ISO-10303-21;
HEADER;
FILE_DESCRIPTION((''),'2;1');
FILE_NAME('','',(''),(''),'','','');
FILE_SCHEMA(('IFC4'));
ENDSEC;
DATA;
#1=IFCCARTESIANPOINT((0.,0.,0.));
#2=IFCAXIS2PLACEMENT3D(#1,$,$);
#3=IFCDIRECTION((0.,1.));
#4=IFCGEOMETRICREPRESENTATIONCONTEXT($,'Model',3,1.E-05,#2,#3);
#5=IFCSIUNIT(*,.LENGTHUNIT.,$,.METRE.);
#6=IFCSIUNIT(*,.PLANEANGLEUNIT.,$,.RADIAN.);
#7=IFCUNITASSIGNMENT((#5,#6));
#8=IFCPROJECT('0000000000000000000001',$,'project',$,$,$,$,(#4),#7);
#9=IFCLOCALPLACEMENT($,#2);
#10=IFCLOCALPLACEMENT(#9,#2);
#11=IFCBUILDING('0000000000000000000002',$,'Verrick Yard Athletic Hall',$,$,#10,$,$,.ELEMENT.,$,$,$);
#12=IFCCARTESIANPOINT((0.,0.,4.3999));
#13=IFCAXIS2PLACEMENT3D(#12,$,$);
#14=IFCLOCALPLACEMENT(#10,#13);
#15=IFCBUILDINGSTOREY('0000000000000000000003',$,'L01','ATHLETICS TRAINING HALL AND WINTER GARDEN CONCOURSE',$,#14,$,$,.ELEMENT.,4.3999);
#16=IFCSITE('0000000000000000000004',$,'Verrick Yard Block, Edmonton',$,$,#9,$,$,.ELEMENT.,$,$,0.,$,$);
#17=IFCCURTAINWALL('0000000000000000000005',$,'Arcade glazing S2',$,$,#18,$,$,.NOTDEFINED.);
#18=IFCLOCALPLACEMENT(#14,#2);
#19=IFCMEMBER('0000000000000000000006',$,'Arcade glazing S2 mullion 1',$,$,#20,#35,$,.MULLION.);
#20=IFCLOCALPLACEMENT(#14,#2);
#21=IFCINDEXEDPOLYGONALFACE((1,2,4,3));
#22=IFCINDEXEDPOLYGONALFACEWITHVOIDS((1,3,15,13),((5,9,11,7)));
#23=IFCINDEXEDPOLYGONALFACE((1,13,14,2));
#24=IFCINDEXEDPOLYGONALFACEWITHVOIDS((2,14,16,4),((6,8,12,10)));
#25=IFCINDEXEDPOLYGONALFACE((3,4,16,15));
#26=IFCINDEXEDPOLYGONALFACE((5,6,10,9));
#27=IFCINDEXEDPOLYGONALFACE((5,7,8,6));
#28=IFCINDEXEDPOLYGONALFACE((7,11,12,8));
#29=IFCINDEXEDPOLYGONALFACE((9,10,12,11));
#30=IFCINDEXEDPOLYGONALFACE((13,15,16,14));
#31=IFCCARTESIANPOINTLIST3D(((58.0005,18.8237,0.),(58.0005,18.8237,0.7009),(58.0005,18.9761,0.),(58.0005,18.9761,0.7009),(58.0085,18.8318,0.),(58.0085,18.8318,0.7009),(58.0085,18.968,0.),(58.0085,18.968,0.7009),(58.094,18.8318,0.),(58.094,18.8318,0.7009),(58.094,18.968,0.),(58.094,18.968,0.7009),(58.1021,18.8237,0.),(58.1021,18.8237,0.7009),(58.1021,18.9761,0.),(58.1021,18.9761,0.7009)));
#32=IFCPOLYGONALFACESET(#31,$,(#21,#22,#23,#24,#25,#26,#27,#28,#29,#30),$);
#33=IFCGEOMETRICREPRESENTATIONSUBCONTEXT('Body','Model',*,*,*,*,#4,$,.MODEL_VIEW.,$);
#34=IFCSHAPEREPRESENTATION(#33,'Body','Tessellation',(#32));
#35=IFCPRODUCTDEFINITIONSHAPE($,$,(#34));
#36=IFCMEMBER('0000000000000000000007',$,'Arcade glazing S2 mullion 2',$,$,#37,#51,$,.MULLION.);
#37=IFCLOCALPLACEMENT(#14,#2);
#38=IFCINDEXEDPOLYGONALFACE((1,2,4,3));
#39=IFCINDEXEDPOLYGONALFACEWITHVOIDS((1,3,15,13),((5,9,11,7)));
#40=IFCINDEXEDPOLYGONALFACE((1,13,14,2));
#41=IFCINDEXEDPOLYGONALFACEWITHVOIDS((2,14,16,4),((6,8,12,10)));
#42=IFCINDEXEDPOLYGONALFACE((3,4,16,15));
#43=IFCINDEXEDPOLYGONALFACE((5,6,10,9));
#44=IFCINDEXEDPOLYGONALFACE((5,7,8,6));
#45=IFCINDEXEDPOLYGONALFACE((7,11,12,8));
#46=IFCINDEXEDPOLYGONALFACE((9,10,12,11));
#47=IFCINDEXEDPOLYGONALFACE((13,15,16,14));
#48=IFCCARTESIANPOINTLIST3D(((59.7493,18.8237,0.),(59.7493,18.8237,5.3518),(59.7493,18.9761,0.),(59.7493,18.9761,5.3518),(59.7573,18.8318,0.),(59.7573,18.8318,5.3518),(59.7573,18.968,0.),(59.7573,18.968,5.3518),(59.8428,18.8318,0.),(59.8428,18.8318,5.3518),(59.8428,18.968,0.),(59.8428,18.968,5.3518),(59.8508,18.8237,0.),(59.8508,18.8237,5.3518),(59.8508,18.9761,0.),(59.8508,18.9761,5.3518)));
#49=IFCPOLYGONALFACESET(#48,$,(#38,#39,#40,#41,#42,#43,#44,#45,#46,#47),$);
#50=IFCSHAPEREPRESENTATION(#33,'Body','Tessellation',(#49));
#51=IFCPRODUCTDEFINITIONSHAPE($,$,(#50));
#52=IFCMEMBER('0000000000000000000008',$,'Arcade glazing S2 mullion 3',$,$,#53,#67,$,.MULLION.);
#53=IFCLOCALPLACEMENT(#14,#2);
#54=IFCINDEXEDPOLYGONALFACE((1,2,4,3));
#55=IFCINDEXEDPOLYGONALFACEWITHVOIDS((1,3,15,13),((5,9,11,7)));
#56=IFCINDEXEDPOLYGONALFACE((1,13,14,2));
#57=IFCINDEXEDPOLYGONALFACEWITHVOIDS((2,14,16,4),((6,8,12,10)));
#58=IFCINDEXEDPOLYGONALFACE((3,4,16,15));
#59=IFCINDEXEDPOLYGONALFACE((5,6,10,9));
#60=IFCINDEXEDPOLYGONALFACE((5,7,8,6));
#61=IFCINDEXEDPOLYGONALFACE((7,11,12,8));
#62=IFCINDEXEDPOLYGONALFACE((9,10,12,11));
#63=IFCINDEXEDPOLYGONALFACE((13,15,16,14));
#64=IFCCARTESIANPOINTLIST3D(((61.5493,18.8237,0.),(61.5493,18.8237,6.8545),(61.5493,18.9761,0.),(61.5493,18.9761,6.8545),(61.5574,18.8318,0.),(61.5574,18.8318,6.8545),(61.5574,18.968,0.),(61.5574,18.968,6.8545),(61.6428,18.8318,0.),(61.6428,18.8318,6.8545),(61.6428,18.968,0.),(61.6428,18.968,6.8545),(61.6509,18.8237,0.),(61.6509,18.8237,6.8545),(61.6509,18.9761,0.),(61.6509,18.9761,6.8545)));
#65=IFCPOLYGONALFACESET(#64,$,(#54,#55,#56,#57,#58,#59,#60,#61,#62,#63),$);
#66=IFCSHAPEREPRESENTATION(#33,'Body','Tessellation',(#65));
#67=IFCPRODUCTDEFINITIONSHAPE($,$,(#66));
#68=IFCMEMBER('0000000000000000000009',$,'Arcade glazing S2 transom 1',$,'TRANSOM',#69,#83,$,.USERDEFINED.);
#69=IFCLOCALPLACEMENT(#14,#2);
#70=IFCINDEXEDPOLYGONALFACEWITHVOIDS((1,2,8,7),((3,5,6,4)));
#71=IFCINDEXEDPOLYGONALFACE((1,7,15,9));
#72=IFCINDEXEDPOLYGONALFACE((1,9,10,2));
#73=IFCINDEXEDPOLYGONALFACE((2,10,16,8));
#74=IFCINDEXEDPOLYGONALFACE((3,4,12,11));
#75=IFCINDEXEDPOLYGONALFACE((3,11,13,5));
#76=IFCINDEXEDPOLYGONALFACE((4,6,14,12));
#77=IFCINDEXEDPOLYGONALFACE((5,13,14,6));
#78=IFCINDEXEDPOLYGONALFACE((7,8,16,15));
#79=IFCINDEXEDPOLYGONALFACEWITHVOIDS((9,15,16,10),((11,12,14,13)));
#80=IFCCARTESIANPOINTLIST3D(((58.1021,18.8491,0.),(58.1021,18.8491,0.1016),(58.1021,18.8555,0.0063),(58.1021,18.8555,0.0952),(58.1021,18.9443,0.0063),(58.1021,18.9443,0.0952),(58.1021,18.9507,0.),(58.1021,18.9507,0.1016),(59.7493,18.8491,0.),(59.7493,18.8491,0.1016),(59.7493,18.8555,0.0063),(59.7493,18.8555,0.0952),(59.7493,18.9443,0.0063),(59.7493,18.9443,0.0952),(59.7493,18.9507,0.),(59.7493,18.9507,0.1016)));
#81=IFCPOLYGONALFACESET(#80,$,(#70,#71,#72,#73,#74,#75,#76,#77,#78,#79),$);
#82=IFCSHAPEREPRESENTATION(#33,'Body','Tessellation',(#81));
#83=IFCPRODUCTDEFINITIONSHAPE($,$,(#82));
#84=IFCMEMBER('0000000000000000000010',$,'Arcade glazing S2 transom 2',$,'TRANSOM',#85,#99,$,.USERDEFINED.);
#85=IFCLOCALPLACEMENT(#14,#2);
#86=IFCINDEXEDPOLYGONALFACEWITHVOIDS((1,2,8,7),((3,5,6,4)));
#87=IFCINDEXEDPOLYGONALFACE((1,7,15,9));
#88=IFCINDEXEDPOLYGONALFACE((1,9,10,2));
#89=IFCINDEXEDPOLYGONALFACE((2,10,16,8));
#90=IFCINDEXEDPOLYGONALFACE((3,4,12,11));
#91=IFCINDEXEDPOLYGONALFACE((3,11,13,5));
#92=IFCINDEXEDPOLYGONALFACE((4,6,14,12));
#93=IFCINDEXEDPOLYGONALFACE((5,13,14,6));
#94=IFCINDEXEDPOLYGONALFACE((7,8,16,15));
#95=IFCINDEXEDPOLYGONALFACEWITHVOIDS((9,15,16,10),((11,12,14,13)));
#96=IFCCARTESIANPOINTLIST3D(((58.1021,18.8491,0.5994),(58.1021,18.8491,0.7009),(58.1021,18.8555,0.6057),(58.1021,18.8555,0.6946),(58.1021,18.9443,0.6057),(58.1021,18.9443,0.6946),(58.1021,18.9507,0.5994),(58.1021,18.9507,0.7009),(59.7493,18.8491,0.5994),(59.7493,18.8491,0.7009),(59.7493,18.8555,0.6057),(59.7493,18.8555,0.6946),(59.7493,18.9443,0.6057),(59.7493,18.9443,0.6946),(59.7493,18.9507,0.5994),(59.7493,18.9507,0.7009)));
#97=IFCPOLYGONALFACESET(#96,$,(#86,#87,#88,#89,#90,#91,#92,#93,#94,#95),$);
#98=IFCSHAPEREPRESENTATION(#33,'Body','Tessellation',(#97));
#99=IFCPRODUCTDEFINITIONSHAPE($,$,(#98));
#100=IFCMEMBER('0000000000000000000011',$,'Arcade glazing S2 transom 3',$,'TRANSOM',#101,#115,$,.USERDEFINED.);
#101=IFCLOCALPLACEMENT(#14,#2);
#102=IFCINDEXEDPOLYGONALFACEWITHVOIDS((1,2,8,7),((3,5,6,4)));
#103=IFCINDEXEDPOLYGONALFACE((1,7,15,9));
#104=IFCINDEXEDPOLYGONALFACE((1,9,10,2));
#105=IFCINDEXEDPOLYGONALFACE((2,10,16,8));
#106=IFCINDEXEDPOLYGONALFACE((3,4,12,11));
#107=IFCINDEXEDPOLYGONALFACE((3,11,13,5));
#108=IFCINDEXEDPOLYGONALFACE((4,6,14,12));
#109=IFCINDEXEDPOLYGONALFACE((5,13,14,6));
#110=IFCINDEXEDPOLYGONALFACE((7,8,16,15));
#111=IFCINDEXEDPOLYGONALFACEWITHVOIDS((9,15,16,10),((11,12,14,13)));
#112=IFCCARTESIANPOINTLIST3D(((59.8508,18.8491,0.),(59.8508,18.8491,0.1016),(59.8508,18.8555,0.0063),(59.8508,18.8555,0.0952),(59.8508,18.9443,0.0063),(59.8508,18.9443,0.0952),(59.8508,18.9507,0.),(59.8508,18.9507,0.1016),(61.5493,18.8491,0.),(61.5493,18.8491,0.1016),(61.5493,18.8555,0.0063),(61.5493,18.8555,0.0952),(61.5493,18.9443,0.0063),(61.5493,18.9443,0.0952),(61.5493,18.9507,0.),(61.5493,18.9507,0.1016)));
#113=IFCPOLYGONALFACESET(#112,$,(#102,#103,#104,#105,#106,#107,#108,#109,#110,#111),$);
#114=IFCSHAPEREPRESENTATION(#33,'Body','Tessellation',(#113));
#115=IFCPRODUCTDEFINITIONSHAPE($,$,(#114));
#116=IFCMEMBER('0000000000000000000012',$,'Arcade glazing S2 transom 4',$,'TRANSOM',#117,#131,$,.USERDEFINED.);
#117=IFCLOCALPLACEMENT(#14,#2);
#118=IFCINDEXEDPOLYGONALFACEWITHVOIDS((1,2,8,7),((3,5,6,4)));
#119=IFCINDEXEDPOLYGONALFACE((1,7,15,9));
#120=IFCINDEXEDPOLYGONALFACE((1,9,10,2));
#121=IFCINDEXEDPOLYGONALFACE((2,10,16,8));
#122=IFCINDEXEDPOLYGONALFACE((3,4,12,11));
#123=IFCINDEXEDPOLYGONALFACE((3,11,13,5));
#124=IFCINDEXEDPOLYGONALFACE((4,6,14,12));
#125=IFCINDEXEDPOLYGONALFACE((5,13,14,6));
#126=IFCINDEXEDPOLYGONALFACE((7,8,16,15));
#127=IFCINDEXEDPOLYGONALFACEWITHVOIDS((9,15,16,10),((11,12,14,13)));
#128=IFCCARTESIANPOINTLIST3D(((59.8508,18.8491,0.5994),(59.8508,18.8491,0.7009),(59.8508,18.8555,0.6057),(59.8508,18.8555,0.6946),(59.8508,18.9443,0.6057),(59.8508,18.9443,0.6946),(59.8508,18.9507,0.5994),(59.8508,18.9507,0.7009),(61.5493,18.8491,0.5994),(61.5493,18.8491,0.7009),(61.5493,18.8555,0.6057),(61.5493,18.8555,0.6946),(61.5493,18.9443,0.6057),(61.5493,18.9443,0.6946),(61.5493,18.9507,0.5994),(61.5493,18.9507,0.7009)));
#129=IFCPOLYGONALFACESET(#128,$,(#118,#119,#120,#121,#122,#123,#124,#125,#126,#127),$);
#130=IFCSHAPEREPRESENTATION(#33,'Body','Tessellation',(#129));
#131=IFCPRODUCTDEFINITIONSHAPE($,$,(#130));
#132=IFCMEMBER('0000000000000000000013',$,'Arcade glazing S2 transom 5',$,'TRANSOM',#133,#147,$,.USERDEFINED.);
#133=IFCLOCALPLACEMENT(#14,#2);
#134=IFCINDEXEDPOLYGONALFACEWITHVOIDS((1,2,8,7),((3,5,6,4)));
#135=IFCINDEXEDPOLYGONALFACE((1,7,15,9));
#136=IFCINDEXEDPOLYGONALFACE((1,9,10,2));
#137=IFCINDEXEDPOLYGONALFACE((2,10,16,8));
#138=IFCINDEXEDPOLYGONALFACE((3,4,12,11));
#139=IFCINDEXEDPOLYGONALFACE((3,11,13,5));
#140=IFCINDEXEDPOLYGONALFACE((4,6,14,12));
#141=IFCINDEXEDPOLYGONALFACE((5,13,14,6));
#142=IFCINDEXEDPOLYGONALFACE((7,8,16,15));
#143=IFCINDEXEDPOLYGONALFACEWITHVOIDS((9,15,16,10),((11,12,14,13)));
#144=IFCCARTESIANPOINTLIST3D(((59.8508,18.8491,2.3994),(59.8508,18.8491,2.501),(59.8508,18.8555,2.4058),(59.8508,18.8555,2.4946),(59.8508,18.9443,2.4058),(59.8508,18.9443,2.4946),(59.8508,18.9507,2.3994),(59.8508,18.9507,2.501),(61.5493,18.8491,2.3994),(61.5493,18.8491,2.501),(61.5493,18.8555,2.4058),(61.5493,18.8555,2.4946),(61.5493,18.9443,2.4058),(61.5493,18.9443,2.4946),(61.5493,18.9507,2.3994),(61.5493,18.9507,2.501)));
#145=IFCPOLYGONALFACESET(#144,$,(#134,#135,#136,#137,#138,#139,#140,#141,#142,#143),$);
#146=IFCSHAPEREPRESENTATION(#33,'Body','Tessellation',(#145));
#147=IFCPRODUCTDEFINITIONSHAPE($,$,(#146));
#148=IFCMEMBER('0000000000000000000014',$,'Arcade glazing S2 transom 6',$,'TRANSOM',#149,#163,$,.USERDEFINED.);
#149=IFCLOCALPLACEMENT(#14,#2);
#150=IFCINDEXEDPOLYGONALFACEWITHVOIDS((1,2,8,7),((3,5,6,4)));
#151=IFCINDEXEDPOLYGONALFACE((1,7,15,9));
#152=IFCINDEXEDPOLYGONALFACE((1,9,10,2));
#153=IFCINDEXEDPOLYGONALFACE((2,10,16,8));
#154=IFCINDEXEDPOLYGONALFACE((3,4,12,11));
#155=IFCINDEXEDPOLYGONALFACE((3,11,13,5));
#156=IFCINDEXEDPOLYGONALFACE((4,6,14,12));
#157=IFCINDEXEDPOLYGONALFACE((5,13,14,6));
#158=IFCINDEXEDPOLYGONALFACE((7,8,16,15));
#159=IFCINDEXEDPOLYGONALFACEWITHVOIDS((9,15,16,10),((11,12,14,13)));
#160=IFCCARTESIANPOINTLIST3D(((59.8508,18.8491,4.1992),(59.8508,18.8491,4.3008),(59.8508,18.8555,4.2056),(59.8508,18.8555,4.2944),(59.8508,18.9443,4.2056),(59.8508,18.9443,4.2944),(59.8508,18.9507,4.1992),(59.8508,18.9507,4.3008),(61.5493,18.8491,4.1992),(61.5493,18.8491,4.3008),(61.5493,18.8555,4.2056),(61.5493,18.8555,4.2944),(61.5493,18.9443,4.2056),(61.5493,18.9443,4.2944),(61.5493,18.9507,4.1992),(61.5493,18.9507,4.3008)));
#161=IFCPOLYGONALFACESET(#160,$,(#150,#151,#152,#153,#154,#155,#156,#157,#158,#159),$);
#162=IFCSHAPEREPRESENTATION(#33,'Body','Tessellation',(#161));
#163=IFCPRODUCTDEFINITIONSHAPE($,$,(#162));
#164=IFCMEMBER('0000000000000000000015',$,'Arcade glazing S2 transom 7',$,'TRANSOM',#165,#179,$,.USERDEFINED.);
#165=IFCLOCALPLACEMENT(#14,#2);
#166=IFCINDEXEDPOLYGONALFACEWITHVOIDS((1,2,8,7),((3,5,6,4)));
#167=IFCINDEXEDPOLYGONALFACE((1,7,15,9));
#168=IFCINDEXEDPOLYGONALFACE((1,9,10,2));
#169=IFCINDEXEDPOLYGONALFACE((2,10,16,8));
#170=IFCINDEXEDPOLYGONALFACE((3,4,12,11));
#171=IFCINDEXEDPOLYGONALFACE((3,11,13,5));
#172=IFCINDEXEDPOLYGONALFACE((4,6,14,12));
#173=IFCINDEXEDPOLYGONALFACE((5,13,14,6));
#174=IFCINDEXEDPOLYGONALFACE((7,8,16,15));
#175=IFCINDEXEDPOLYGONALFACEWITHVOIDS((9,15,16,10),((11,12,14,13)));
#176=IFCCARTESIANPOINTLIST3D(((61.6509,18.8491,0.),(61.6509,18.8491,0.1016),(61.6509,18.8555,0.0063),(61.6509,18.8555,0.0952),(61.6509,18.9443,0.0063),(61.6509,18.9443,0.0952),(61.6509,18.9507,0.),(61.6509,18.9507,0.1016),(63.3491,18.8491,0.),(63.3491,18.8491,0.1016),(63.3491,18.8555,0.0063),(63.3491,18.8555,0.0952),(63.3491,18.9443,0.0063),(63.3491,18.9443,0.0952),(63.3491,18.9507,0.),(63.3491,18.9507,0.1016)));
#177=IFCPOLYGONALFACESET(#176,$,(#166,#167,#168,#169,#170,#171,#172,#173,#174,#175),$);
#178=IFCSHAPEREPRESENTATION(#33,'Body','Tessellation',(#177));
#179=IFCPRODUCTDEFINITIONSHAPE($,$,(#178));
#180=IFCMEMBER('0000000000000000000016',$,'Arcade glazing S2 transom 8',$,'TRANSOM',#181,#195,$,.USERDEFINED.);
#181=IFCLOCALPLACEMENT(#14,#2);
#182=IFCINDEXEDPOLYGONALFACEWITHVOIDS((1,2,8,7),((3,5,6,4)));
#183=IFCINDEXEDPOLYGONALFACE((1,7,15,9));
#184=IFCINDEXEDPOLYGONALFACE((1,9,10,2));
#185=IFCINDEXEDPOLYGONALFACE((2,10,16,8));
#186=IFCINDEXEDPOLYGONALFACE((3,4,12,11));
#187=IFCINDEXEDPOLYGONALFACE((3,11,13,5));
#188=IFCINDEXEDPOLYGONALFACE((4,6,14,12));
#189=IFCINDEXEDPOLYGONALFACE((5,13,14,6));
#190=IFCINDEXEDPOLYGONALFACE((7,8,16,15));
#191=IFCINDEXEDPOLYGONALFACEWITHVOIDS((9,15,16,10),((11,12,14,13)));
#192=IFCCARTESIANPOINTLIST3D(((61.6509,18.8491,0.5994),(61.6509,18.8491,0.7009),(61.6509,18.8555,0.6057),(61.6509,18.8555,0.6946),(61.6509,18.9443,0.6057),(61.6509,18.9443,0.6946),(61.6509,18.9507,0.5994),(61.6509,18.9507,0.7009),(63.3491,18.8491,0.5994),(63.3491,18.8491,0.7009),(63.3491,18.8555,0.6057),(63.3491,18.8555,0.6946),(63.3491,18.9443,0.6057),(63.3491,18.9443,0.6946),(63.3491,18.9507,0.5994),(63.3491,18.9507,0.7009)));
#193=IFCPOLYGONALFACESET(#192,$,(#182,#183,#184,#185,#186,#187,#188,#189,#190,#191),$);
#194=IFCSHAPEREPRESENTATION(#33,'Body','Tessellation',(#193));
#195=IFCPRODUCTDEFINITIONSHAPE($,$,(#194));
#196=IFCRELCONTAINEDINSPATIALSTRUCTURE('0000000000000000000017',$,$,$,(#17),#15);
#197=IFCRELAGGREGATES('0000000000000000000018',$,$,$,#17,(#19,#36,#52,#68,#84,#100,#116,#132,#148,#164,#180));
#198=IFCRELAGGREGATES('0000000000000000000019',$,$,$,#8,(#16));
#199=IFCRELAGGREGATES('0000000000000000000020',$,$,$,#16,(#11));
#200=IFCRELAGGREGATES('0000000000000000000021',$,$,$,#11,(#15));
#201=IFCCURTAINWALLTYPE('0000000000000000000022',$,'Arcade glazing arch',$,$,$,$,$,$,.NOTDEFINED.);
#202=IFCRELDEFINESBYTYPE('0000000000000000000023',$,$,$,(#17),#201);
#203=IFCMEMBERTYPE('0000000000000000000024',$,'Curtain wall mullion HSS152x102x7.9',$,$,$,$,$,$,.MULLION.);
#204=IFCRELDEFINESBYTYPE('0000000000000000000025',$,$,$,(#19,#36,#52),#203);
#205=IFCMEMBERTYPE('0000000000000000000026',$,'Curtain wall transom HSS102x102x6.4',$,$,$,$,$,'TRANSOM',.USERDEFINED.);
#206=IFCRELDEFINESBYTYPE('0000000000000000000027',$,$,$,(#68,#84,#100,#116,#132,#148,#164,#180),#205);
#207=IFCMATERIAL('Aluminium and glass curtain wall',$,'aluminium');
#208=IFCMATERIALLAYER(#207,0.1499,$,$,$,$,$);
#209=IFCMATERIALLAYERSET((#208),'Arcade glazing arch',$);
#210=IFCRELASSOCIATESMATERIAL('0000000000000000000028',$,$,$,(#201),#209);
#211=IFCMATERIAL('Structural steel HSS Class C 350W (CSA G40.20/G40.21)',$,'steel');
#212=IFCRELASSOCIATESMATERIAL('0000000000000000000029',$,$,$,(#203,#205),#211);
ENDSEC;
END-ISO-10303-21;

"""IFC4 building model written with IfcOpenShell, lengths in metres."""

from ifc_helpers import new_model, si_unit, direction, frame, origin, origin_2d, place, context, subcontext, project, spatial, hollow_rectangle, extrude, material, layer, layer_set, material_profile, profile_set, type_object, element, aggregate, save


model = new_model("IFC4")

# Units and contexts
model_context = context("Model", 3, precision=1e-05, world=origin(), true_north=direction((0.0, 1.0)))
body_context = subcontext(model_context, "Body", "Model", "MODEL_VIEW")
ifc_project = project(units=[si_unit("LENGTHUNIT", "METRE"), si_unit("PLANEANGLEUNIT", "RADIAN")], contexts=[model_context])

# Site, building, storey
site_placement = place(None, origin())
site = spatial("IfcSite", under=ifc_project, at=site_placement, Name="Verrick Yard Block, Edmonton", CompositionType="ELEMENT", RefElevation=0.0)
building_placement = place(site_placement, origin())
building = spatial("IfcBuilding", under=site, at=building_placement, Name="Verrick Yard Athletic Hall", CompositionType="ELEMENT")
storey_placement = place(building_placement, frame((0.0, 0.0, 4.3999)))
storey = spatial("IfcBuildingStorey", under=building, at=storey_placement, Name="L01", Description="ATHLETICS TRAINING HALL AND WINTER GARDEN CONCOURSE", CompositionType="ELEMENT", Elevation=4.3999)

# Curtain wall, members
ifc_material_1 = material(Name="Aluminium and glass curtain wall", Category="aluminium")
ifc_layer_1 = layer(ifc_material_1, 0.1499)
ifc_layer_set_1 = layer_set([ifc_layer_1], Name="Arcade glazing arch")
curtain_wall_type = type_object("IfcCurtainWallType", Name="Arcade glazing arch", PredefinedType="NOTDEFINED", material=ifc_layer_set_1)
curtain_wall_placement = place(storey_placement, origin())
curtain_wall = element("IfcCurtainWall", 1, at=curtain_wall_placement, inside=storey, type_object=curtain_wall_type, Name="Arcade glazing S2", PredefinedType="NOTDEFINED")
ifc_material_2 = material(Name="Structural steel HSS Class C 350W (CSA G40.20/G40.21)", Category="steel")
ifc_material_profile_1 = material_profile(ifc_material_2, hollow_rectangle(XDim=0.1016, YDim=0.1523, WallThickness=0.0081, at=origin_2d()), Name="HSS152x102x7.9")
ifc_profile_set_1 = profile_set([ifc_material_profile_1], Name="Structural steel HSS Class C 350W (CSA G40.20/G40.21)")
member_type_1 = type_object("IfcMemberType", Name="Curtain wall mullion HSS152x102x7.9", PredefinedType="MULLION", material=ifc_profile_set_1)
member_1_placement = place(storey_placement, frame((58.0513, 18.8999, 0.0), z_axis=(0.0, 0.0, 1.0), x_axis=(1.0, 0.0, 0.0)))
member_1 = element("IfcMember", 2, at=member_1_placement, type_object=member_type_1, Name="Arcade glazing S2 mullion 1", PredefinedType="MULLION", context=body_context, shape_type="SweptSolid", body=[
    extrude(hollow_rectangle(XDim=0.1016, YDim=0.1523, WallThickness=0.0081, at=origin_2d()), origin(), (0.0, 0.0, 1.0), 0.7009),
])
member_2_placement = place(storey_placement, frame((59.8, 18.8999, 0.0), z_axis=(0.0, 0.0, 1.0), x_axis=(1.0, 0.0, 0.0)))
member_2 = element("IfcMember", 3, at=member_2_placement, type_object=member_type_1, Name="Arcade glazing S2 mullion 2", PredefinedType="MULLION", context=body_context, shape_type="SweptSolid", body=[
    extrude(hollow_rectangle(XDim=0.1016, YDim=0.1523, WallThickness=0.0081, at=origin_2d()), origin(), (0.0, 0.0, 1.0), 5.3518),
])
member_3_placement = place(storey_placement, frame((61.6001, 18.8999, 0.0), z_axis=(0.0, 0.0, 1.0), x_axis=(1.0, 0.0, 0.0)))
member_3 = element("IfcMember", 4, at=member_3_placement, type_object=member_type_1, Name="Arcade glazing S2 mullion 3", PredefinedType="MULLION", context=body_context, shape_type="SweptSolid", body=[
    extrude(hollow_rectangle(XDim=0.1016, YDim=0.1523, WallThickness=0.0081, at=origin_2d()), origin(), (0.0, 0.0, 1.0), 6.8545),
])
ifc_material_profile_2 = material_profile(ifc_material_2, hollow_rectangle(XDim=0.1016, YDim=0.1016, WallThickness=0.0063, at=origin_2d()), Name="HSS102x102x6.4")
ifc_profile_set_2 = profile_set([ifc_material_profile_2], Name="Structural steel HSS Class C 350W (CSA G40.20/G40.21)")
member_type_2 = type_object("IfcMemberType", Name="Curtain wall transom HSS102x102x6.4", ElementType="TRANSOM", PredefinedType="USERDEFINED", material=ifc_profile_set_2)
member_4_placement = place(storey_placement, frame((58.1021, 18.8999, 0.0508), z_axis=(1.0, 0.0, 0.0), x_axis=(0.0, 1.0, 0.0)))
member_4 = element("IfcMember", 5, at=member_4_placement, type_object=member_type_2, Name="Arcade glazing S2 transom 1", ObjectType="TRANSOM", PredefinedType="USERDEFINED", context=body_context, shape_type="SweptSolid", body=[
    extrude(hollow_rectangle(XDim=0.1016, YDim=0.1016, WallThickness=0.0063, at=origin_2d()), origin(), (0.0, 0.0, 1.0), 1.6472),
])
member_5_placement = place(storey_placement, frame((58.1021, 18.8999, 0.6501), z_axis=(1.0, 0.0, 0.0), x_axis=(0.0, 1.0, 0.0)))
member_5 = element("IfcMember", 6, at=member_5_placement, type_object=member_type_2, Name="Arcade glazing S2 transom 2", ObjectType="TRANSOM", PredefinedType="USERDEFINED", context=body_context, shape_type="SweptSolid", body=[
    extrude(hollow_rectangle(XDim=0.1016, YDim=0.1016, WallThickness=0.0063, at=origin_2d()), origin(), (0.0, 0.0, 1.0), 1.6472),
])
member_6_placement = place(storey_placement, frame((59.8508, 18.8999, 0.0508), z_axis=(1.0, 0.0, 0.0), x_axis=(0.0, 1.0, 0.0)))
member_6 = element("IfcMember", 7, at=member_6_placement, type_object=member_type_2, Name="Arcade glazing S2 transom 3", ObjectType="TRANSOM", PredefinedType="USERDEFINED", context=body_context, shape_type="SweptSolid", body=[
    extrude(hollow_rectangle(XDim=0.1016, YDim=0.1016, WallThickness=0.0063, at=origin_2d()), origin(), (0.0, 0.0, 1.0), 1.6985),
])
member_7_placement = place(storey_placement, frame((59.8508, 18.8999, 0.6501), z_axis=(1.0, 0.0, 0.0), x_axis=(0.0, 1.0, 0.0)))
member_7 = element("IfcMember", 8, at=member_7_placement, type_object=member_type_2, Name="Arcade glazing S2 transom 4", ObjectType="TRANSOM", PredefinedType="USERDEFINED", context=body_context, shape_type="SweptSolid", body=[
    extrude(hollow_rectangle(XDim=0.1016, YDim=0.1016, WallThickness=0.0063, at=origin_2d()), origin(), (0.0, 0.0, 1.0), 1.6985),
])
member_8_placement = place(storey_placement, frame((59.8508, 18.8999, 2.4502), z_axis=(1.0, 0.0, 0.0), x_axis=(0.0, 1.0, 0.0)))
member_8 = element("IfcMember", 9, at=member_8_placement, type_object=member_type_2, Name="Arcade glazing S2 transom 5", ObjectType="TRANSOM", PredefinedType="USERDEFINED", context=body_context, shape_type="SweptSolid", body=[
    extrude(hollow_rectangle(XDim=0.1016, YDim=0.1016, WallThickness=0.0063, at=origin_2d()), origin(), (0.0, 0.0, 1.0), 1.6985),
])
member_9_placement = place(storey_placement, frame((59.8508, 18.8999, 4.25), z_axis=(1.0, 0.0, 0.0), x_axis=(0.0, 1.0, 0.0)))
member_9 = element("IfcMember", 10, at=member_9_placement, type_object=member_type_2, Name="Arcade glazing S2 transom 6", ObjectType="TRANSOM", PredefinedType="USERDEFINED", context=body_context, shape_type="SweptSolid", body=[
    extrude(hollow_rectangle(XDim=0.1016, YDim=0.1016, WallThickness=0.0063, at=origin_2d()), origin(), (0.0, 0.0, 1.0), 1.6985),
])
member_10_placement = place(storey_placement, frame((61.6509, 18.8999, 0.0508), z_axis=(1.0, 0.0, 0.0), x_axis=(0.0, 1.0, 0.0)))
member_10 = element("IfcMember", 11, at=member_10_placement, type_object=member_type_2, Name="Arcade glazing S2 transom 7", ObjectType="TRANSOM", PredefinedType="USERDEFINED", context=body_context, shape_type="SweptSolid", body=[
    extrude(hollow_rectangle(XDim=0.1016, YDim=0.1016, WallThickness=0.0063, at=origin_2d()), origin(), (0.0, 0.0, 1.0), 1.6982),
])
member_11_placement = place(storey_placement, frame((61.6509, 18.8999, 0.6501), z_axis=(1.0, 0.0, 0.0), x_axis=(0.0, 1.0, 0.0)))
member_11 = element("IfcMember", 12, at=member_11_placement, type_object=member_type_2, Name="Arcade glazing S2 transom 8", ObjectType="TRANSOM", PredefinedType="USERDEFINED", context=body_context, shape_type="SweptSolid", body=[
    extrude(hollow_rectangle(XDim=0.1016, YDim=0.1016, WallThickness=0.0063, at=origin_2d()), origin(), (0.0, 0.0, 1.0), 1.6982),
])
aggregate(curtain_wall, [member_1, member_2, member_3, member_4, member_5, member_6, member_7, member_8, member_9, member_10, member_11])

save(model, "model.ifc")
